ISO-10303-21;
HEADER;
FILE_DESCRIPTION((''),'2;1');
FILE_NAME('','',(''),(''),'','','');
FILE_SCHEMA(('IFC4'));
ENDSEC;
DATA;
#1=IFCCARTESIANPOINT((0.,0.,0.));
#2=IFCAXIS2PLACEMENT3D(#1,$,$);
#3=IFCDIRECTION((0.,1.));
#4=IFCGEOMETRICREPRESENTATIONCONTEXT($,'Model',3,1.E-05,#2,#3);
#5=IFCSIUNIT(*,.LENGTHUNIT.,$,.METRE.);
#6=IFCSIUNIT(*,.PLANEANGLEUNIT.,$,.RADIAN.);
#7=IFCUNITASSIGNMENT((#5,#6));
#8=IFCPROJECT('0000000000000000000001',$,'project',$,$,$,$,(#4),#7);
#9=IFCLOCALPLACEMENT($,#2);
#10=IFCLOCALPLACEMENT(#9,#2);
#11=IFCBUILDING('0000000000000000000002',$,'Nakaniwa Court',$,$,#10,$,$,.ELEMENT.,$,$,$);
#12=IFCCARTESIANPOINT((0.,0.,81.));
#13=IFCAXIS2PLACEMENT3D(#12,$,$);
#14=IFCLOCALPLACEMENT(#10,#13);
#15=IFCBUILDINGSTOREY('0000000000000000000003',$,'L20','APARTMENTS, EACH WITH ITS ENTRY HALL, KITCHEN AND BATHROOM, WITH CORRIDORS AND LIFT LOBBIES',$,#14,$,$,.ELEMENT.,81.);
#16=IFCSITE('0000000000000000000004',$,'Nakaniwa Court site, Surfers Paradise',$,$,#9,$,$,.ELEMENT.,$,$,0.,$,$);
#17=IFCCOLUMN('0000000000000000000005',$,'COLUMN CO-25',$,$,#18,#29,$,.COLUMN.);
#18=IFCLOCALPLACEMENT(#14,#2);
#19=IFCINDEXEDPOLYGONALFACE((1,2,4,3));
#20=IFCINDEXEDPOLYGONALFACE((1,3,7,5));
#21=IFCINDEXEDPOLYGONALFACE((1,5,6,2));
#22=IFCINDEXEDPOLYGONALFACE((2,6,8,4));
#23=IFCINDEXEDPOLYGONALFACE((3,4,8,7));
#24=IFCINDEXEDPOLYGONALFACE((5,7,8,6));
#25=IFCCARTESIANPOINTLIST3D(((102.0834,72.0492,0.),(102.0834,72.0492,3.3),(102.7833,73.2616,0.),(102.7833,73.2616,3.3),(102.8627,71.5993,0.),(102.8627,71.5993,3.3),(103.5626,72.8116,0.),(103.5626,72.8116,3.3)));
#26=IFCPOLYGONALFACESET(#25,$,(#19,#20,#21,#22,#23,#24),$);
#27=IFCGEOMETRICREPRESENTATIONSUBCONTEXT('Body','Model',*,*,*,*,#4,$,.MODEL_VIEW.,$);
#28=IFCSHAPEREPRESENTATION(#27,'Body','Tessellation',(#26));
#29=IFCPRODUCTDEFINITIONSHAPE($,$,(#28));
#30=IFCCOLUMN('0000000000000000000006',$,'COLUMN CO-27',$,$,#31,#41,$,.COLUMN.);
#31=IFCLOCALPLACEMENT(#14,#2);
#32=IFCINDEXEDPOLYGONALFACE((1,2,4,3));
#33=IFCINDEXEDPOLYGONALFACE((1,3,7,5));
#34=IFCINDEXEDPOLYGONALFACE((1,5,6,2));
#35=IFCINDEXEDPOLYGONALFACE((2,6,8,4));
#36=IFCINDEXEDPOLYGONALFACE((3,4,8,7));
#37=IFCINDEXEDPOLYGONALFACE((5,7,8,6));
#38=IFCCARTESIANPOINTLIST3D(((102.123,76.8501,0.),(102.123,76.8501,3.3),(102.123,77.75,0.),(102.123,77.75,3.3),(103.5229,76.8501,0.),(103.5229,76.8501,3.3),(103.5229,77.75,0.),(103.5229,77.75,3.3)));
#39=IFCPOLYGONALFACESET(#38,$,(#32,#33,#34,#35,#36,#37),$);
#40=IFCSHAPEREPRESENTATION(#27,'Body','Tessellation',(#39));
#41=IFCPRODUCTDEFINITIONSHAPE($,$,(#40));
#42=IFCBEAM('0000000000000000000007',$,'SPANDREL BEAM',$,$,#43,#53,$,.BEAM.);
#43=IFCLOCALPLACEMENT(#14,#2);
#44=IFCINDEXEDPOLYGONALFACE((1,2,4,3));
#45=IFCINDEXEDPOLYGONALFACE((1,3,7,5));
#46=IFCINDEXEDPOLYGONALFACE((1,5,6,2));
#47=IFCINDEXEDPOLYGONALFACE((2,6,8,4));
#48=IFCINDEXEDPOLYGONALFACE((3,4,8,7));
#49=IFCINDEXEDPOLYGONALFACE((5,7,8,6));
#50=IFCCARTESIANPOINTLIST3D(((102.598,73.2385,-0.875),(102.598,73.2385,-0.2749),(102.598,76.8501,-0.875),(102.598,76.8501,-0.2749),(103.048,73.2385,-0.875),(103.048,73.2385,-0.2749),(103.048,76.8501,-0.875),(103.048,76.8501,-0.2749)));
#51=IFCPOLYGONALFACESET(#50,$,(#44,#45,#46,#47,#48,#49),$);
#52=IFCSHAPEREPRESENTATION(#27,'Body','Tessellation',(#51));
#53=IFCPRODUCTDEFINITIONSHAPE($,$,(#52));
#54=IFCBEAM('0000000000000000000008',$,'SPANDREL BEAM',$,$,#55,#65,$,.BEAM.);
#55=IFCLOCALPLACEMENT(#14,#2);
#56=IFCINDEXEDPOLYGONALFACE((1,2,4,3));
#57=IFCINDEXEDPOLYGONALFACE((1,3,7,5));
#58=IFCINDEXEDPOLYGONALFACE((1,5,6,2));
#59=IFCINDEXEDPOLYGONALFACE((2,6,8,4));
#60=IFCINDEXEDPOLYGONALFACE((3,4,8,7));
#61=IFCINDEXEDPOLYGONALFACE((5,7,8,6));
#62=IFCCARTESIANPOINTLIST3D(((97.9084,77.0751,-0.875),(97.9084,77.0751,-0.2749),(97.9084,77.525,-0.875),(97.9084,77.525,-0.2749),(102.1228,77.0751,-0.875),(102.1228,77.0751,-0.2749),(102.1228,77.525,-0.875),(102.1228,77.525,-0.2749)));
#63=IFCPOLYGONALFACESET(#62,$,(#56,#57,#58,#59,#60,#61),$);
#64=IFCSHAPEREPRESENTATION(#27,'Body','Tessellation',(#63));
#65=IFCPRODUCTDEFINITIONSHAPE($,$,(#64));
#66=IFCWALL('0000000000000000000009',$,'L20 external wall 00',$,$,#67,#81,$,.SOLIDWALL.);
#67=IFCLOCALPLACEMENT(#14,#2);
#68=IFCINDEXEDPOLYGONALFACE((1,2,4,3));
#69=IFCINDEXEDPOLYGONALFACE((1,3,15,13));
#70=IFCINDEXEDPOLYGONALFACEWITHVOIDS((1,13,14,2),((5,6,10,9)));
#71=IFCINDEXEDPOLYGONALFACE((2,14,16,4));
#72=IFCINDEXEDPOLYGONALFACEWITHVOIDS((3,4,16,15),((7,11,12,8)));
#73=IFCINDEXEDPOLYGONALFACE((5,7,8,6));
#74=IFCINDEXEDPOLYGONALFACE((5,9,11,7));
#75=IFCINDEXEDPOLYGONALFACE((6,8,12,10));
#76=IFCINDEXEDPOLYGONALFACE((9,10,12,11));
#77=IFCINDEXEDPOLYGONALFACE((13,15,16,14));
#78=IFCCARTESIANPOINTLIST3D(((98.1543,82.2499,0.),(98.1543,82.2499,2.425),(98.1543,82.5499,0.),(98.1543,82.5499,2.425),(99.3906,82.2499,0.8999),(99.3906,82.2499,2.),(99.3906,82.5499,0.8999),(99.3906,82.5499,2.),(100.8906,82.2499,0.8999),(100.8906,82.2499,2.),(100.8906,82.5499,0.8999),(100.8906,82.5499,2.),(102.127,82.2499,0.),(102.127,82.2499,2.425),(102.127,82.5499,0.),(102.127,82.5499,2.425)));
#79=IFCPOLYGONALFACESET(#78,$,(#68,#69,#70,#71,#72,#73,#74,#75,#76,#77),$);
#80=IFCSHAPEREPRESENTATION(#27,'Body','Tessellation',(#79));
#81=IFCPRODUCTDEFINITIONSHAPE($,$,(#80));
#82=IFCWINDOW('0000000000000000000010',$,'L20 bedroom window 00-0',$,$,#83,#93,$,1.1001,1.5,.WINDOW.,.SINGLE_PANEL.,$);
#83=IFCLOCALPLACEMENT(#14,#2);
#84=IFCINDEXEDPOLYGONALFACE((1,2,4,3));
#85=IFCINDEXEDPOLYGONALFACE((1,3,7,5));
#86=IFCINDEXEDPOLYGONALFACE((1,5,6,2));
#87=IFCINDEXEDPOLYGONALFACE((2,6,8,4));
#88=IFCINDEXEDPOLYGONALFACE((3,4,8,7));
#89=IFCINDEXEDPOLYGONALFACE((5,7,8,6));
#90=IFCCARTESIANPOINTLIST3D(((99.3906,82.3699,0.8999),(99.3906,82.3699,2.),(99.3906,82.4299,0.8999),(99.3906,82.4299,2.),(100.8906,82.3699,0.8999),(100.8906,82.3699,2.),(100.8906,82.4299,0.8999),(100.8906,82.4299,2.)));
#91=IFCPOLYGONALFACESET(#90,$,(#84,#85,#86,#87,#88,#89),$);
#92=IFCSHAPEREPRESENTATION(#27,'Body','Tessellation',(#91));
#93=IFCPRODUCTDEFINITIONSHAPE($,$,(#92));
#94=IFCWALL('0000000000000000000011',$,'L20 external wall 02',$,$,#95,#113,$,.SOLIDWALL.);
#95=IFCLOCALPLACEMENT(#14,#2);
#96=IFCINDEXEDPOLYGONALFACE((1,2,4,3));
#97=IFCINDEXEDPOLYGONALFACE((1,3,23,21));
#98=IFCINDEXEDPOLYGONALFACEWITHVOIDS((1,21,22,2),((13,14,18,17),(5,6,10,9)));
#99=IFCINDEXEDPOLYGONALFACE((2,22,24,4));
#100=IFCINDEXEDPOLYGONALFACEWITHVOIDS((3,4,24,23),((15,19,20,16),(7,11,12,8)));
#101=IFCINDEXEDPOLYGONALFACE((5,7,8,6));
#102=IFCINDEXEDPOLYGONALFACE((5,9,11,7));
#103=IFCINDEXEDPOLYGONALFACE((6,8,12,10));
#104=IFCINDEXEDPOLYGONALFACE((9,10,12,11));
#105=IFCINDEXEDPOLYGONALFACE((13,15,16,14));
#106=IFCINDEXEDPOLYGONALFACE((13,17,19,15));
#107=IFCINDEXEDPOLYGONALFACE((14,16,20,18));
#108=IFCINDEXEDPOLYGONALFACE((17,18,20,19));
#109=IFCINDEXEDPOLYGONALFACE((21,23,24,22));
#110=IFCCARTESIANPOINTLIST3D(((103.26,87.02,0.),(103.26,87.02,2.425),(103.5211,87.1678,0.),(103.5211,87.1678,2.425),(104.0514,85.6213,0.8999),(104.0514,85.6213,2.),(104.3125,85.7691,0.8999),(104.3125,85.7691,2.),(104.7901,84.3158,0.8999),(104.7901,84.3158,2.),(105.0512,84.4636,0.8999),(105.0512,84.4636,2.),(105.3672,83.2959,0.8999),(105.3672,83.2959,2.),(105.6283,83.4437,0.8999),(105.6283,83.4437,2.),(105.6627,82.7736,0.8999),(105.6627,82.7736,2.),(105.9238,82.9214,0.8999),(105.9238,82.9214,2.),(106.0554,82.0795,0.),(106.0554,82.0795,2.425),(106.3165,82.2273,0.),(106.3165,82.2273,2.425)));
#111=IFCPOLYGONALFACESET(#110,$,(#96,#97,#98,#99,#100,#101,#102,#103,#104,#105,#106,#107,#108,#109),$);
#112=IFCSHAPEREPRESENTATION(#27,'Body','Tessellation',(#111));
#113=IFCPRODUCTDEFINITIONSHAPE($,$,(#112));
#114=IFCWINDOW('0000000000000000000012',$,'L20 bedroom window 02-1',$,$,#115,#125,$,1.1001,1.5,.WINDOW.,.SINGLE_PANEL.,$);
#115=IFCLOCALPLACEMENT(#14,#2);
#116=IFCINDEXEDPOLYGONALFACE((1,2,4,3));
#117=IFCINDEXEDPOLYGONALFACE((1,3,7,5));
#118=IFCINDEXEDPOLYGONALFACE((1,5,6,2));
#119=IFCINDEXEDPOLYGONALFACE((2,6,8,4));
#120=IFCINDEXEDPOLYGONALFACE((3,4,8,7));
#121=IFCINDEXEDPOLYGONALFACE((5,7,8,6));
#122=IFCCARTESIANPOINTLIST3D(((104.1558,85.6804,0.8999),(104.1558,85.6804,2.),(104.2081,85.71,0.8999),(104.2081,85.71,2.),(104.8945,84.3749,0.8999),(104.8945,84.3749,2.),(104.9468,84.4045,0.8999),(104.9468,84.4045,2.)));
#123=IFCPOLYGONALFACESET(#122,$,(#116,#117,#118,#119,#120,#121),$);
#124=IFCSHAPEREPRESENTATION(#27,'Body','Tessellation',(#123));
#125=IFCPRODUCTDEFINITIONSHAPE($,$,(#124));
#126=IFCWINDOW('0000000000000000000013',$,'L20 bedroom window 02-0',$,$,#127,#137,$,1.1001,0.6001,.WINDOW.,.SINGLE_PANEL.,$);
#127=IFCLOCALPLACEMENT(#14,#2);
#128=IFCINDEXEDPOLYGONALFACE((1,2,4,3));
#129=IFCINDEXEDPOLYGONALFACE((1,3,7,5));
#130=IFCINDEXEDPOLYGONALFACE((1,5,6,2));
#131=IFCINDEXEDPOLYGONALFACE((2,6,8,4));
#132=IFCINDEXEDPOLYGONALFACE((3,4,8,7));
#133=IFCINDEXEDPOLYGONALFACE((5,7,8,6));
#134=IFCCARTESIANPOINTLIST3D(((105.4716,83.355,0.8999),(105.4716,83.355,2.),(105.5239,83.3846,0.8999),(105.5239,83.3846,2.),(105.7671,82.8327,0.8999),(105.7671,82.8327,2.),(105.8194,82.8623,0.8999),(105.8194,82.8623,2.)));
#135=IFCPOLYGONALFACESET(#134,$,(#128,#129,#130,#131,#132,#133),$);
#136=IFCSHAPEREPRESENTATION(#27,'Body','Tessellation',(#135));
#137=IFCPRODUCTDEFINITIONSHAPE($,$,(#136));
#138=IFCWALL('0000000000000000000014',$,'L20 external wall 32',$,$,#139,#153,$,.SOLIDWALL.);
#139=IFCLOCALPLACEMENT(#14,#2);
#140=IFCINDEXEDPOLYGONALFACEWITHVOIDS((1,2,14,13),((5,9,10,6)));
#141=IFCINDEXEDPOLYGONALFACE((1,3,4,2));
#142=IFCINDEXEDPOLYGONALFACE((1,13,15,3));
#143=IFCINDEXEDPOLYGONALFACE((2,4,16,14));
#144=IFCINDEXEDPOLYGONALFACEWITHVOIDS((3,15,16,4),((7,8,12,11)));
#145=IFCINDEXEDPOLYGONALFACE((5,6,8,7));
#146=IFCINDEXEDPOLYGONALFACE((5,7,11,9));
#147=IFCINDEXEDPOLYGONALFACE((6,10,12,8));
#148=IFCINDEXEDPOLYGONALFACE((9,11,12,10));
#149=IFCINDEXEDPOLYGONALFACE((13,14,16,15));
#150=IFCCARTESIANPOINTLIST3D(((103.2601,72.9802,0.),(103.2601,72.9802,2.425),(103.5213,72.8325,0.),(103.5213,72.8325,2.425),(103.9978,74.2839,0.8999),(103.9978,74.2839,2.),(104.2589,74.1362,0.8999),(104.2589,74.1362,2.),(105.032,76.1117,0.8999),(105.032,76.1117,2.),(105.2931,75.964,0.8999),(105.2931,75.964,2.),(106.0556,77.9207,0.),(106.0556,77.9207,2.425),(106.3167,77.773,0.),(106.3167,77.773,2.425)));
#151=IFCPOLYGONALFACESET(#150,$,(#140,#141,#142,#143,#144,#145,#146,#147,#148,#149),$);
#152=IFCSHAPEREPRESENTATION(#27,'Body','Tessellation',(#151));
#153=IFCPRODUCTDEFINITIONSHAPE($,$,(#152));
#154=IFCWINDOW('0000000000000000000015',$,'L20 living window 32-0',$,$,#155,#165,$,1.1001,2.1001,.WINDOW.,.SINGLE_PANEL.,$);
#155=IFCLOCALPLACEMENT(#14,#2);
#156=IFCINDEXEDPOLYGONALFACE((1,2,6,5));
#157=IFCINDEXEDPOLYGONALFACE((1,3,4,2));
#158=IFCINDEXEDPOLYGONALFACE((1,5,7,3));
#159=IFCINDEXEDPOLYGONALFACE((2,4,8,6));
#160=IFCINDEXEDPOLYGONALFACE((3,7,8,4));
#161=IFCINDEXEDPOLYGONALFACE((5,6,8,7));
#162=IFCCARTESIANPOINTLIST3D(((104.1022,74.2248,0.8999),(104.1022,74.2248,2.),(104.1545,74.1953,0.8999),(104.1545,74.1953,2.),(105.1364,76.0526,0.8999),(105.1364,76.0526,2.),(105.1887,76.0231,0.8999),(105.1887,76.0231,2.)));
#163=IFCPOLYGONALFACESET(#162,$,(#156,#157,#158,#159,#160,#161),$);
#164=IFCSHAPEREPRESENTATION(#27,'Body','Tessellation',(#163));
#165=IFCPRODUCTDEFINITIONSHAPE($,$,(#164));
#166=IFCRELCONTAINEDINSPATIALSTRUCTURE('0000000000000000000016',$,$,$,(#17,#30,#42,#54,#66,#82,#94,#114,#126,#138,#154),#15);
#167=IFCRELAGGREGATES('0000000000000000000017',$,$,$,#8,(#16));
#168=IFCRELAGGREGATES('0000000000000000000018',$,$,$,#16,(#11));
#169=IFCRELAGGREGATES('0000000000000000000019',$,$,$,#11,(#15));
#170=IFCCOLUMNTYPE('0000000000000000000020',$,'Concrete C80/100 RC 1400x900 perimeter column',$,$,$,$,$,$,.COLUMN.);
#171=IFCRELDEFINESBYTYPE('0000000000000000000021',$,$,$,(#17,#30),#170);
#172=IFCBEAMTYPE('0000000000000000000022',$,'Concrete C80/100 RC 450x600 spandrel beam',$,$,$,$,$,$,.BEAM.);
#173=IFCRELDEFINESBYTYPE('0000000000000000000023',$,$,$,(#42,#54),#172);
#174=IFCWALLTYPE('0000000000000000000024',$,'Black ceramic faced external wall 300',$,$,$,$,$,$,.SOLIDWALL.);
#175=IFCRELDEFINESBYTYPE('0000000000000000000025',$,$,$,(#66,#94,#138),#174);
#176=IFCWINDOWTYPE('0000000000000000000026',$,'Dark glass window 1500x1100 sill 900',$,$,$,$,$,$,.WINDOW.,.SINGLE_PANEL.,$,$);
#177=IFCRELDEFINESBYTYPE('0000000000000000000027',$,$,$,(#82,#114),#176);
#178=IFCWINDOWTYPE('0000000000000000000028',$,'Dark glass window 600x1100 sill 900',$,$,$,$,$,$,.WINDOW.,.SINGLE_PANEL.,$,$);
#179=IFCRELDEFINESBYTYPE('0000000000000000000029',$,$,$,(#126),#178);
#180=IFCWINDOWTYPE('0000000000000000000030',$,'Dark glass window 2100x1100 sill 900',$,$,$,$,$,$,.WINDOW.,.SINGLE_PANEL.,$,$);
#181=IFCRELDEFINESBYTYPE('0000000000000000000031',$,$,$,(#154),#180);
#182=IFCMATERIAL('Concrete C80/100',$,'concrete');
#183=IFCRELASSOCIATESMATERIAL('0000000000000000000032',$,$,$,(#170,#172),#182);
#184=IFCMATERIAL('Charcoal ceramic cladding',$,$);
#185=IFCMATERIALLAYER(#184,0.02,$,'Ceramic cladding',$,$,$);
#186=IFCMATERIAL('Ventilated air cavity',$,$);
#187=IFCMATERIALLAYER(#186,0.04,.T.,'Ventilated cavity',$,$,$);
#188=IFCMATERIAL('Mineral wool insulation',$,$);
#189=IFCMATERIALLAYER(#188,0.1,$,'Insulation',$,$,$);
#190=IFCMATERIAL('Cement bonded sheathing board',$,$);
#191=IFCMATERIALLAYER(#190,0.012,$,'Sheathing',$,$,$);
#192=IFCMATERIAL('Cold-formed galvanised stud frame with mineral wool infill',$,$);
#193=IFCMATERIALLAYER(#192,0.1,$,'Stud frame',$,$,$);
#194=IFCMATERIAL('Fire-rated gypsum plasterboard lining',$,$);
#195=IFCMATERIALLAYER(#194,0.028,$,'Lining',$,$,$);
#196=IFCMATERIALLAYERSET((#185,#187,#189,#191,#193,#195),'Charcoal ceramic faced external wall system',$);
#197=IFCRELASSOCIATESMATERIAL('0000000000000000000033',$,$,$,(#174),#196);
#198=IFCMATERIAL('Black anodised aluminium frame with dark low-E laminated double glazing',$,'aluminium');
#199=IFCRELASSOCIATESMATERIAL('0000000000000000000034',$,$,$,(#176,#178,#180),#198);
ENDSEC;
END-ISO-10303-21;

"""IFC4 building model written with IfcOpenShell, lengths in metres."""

from ifc_helpers import new_model, si_unit, direction, frame, frame_2d, origin, origin_2d, place, context, subcontext, project, spatial, rectangle, extrude, material, layer, layer_set, material_profile, profile_set, type_object, element, fill, save


model = new_model("IFC4")

# Units and contexts
model_context = context("Model", 3, precision=1e-05, world=origin(), true_north=direction((0.0, 1.0)))
body_context = subcontext(model_context, "Body", "Model", "MODEL_VIEW")
ifc_project = project(units=[si_unit("LENGTHUNIT", "METRE"), si_unit("PLANEANGLEUNIT", "RADIAN")], contexts=[model_context])

# Site, building, storey
site_placement = place(None, origin())
site = spatial("IfcSite", under=ifc_project, at=site_placement, Name="Nakaniwa Court site, Surfers Paradise", CompositionType="ELEMENT", RefElevation=0.0)
building_placement = place(site_placement, origin())
building = spatial("IfcBuilding", under=site, at=building_placement, Name="Nakaniwa Court", CompositionType="ELEMENT")
storey_placement = place(building_placement, frame((0.0, 0.0, 81.0)))
storey = spatial("IfcBuildingStorey", under=building, at=storey_placement, Name="L20", Description="APARTMENTS, EACH WITH ITS ENTRY HALL, KITCHEN AND BATHROOM, WITH CORRIDORS AND LIFT LOBBIES", CompositionType="ELEMENT", Elevation=81.0)

# Columns
ifc_material_1 = material(Name="Concrete C80/100", Category="concrete")
ifc_material_profile_1 = material_profile(ifc_material_1, rectangle(XDim=1.3999, YDim=0.8999, at=origin_2d()), Name="Concrete C80/100 RC 1400x900 perimeter column")
ifc_profile_set_1 = profile_set([ifc_material_profile_1], Name="Concrete C80/100")
column_type = type_object("IfcColumnType", Name="Concrete C80/100 RC 1400x900 perimeter column", PredefinedType="COLUMN", material=ifc_profile_set_1)
for number, where, z_axis, x_axis, name in (
    (1, (102.823, 72.4304, 0.0), (0.0, 0.0, 1.0), (0.5, 0.866025, 0.0), "COLUMN CO-25"),
    (2, (102.823, 77.3, 0.0), (0.0, 0.0, 1.0), (-1.0, 0.0, 0.0), "COLUMN CO-27"),
):
    element("IfcColumn", number, at=place(storey_placement, frame(where, z_axis=z_axis, x_axis=x_axis)), inside=storey, type_object=column_type, Name=name, PredefinedType="COLUMN", context=body_context, shape_type="SweptSolid", body=[
        extrude(rectangle(XDim=1.3999, YDim=0.8999, at=origin_2d()), origin(), (0.0, 0.0, 1.0), 3.3),
    ])

# Beams
ifc_material_profile_2 = material_profile(ifc_material_1, rectangle(XDim=0.45, YDim=0.6001, at=origin_2d()), Name="Concrete C80/100 RC 450x600 spandrel beam")
ifc_profile_set_2 = profile_set([ifc_material_profile_2], Name="Concrete C80/100")
beam_type = type_object("IfcBeamType", Name="Concrete C80/100 RC 450x600 spandrel beam", PredefinedType="BEAM", material=ifc_profile_set_2)
beam_1_placement = place(storey_placement, frame((102.823, 73.2385, -0.575), z_axis=(0.0, 1.0, 0.0), x_axis=(-1.0, 0.0, 0.0)))
element("IfcBeam", 3, at=beam_1_placement, inside=storey, type_object=beam_type, Name="SPANDREL BEAM", PredefinedType="BEAM", context=body_context, shape_type="SweptSolid", body=[
    extrude(rectangle(XDim=0.45, YDim=0.6001, at=origin_2d()), origin(), (0.0, 0.0, 1.0), 3.6116),
])
beam_2_placement = place(storey_placement, frame((102.1228, 77.3, -0.575), z_axis=(-1.0, 0.0, 0.0), x_axis=(0.0, -1.0, 0.0)))
element("IfcBeam", 4, at=beam_2_placement, inside=storey, type_object=beam_type, Name="SPANDREL BEAM", PredefinedType="BEAM", context=body_context, shape_type="SweptSolid", body=[
    extrude(rectangle(XDim=0.45, YDim=0.6001, at=origin_2d()), origin(), (0.0, 0.0, 1.0), 4.2144),
])

# Wall, opening, window
ifc_material_2 = material(Name="Charcoal ceramic cladding")
ifc_layer_1 = layer(ifc_material_2, 0.02, Name="Ceramic cladding")
ifc_material_3 = material(Name="Ventilated air cavity")
ifc_layer_2 = layer(ifc_material_3, 0.04, ventilated=True, Name="Ventilated cavity")
ifc_material_4 = material(Name="Mineral wool insulation")
ifc_layer_3 = layer(ifc_material_4, 0.1, Name="Insulation")
ifc_material_5 = material(Name="Cement bonded sheathing board")
ifc_layer_4 = layer(ifc_material_5, 0.012, Name="Sheathing")
ifc_material_6 = material(Name="Cold-formed galvanised stud frame with mineral wool infill")
ifc_layer_5 = layer(ifc_material_6, 0.1, Name="Stud frame")
ifc_material_7 = material(Name="Fire-rated gypsum plasterboard lining")
ifc_layer_6 = layer(ifc_material_7, 0.028, Name="Lining")
ifc_layer_set = layer_set([ifc_layer_1, ifc_layer_2, ifc_layer_3, ifc_layer_4, ifc_layer_5, ifc_layer_6], Name="Charcoal ceramic faced external wall system")
wall_type = type_object("IfcWallType", Name="Black ceramic faced external wall 300", PredefinedType="SOLIDWALL", material=ifc_layer_set)
wall_1_placement = place(storey_placement, frame((98.1543, 82.3999, 0.0), z_axis=(0.0, 0.0, 1.0), x_axis=(1.0, 0.0, 0.0)))
wall_1 = element("IfcWall", 5, at=wall_1_placement, inside=storey, type_object=wall_type, Name="L20 external wall 00", PredefinedType="SOLIDWALL", context=body_context, shape_type="SweptSolid", body=[
    extrude(rectangle(XDim=3.9727, YDim=0.3, at=frame_2d((1.9863, 0.0))), origin(), (0.0, 0.0, 1.0), 2.425),
])
opening_1_placement = place(wall_1_placement, frame((1.2363, 0.0, 0.8999)))
opening_1 = element("IfcOpeningElement", 6, at=opening_1_placement, cuts=wall_1, PredefinedType="OPENING", context=body_context, shape_type="SweptSolid", body=[
    extrude(rectangle(XDim=1.5, YDim=1.1001, at=frame_2d((0.75, 0.55))), frame((0.0, 0.1599, 0.0), z_axis=(0.0, -1.0, 0.0), x_axis=(1.0, 0.0, 0.0)), (0.0, 0.0, 1.0), 0.3201),
])
ifc_material_8 = material(Name="Black anodised aluminium frame with dark low-E laminated double glazing", Category="aluminium")
window_type_1 = type_object("IfcWindowType", Name="Dark glass window 1500x1100 sill 900", PartitioningType="SINGLE_PANEL", PredefinedType="WINDOW", material=ifc_material_8)
window_1_placement = place(opening_1_placement, origin())
window_1 = element("IfcWindow", 7, at=window_1_placement, inside=storey, type_object=window_type_1, Name="L20 bedroom window 00-0", OverallHeight=1.1001, OverallWidth=1.5, PartitioningType="SINGLE_PANEL", PredefinedType="WINDOW", context=body_context, shape_type="SweptSolid", body=[
    extrude(rectangle(XDim=1.5, YDim=1.1001, at=frame_2d((0.75, 0.55))), frame((0.0, 0.03, 0.0), z_axis=(0.0, -1.0, 0.0), x_axis=(1.0, 0.0, 0.0)), (0.0, 0.0, 1.0), 0.0601),
])
fill(opening_1, window_1)

# Wall, openings, windows
wall_2_placement = place(storey_placement, frame((106.186, 82.1533, 0.0), z_axis=(0.0, 0.0, 1.0), x_axis=(-0.492457, 0.870337, 0.0)))
wall_2 = element("IfcWall", 8, at=wall_2_placement, inside=storey, type_object=wall_type, Name="L20 external wall 02", PredefinedType="SOLIDWALL", context=body_context, shape_type="SweptSolid", body=[
    extrude(rectangle(XDim=5.6765, YDim=0.3, at=frame_2d((2.8384, 0.0))), origin(), (0.0, 0.0, 1.0), 2.425),
])
opening_2_placement = place(wall_2_placement, frame((0.7976, 0.0, 0.8999)))
opening_2 = element("IfcOpeningElement", 9, at=opening_2_placement, cuts=wall_2, PredefinedType="OPENING", context=body_context, shape_type="SweptSolid", body=[
    extrude(rectangle(XDim=0.6001, YDim=1.1001, at=frame_2d((0.3, 0.55))), frame((0.0, 0.1599, 0.0), z_axis=(0.0, -1.0, 0.0), x_axis=(1.0, 0.0, 0.0)), (0.0, 0.0, 1.0), 0.3201),
])
opening_3_placement = place(wall_2_placement, frame((2.5696, 0.0, 0.8999)))
opening_3 = element("IfcOpeningElement", 10, at=opening_3_placement, cuts=wall_2, PredefinedType="OPENING", context=body_context, shape_type="SweptSolid", body=[
    extrude(rectangle(XDim=1.5, YDim=1.1001, at=frame_2d((0.75, 0.55))), frame((0.0, 0.1599, 0.0), z_axis=(0.0, -1.0, 0.0), x_axis=(1.0, 0.0, 0.0)), (0.0, 0.0, 1.0), 0.3201),
])
window_2_placement = place(opening_3_placement, origin())
window_2 = element("IfcWindow", 11, at=window_2_placement, inside=storey, type_object=window_type_1, Name="L20 bedroom window 02-1", OverallHeight=1.1001, OverallWidth=1.5, PartitioningType="SINGLE_PANEL", PredefinedType="WINDOW", context=body_context, shape_type="SweptSolid", body=[
    extrude(rectangle(XDim=1.5, YDim=1.1001, at=frame_2d((0.75, 0.55))), frame((0.0, 0.03, 0.0), z_axis=(0.0, -1.0, 0.0), x_axis=(1.0, 0.0, 0.0)), (0.0, 0.0, 1.0), 0.0601),
])
fill(opening_3, window_2)
window_type_2 = type_object("IfcWindowType", Name="Dark glass window 600x1100 sill 900", PartitioningType="SINGLE_PANEL", PredefinedType="WINDOW", material=ifc_material_8)
window_3_placement = place(opening_2_placement, origin())
window_3 = element("IfcWindow", 12, at=window_3_placement, inside=storey, type_object=window_type_2, Name="L20 bedroom window 02-0", OverallHeight=1.1001, OverallWidth=0.6001, PartitioningType="SINGLE_PANEL", PredefinedType="WINDOW", context=body_context, shape_type="SweptSolid", body=[
    extrude(rectangle(XDim=0.6001, YDim=1.1001, at=frame_2d((0.3, 0.55))), frame((0.0, 0.03, 0.0), z_axis=(0.0, -1.0, 0.0), x_axis=(1.0, 0.0, 0.0)), (0.0, 0.0, 1.0), 0.0601),
])
fill(opening_2, window_3)

# Wall, opening, window
wall_3_placement = place(storey_placement, frame((103.3906, 72.9062, 0.0), z_axis=(0.0, 0.0, 1.0), x_axis=(0.492457, 0.870337, 0.0)))
wall_3 = element("IfcWall", 13, at=wall_3_placement, inside=storey, type_object=wall_type, Name="L20 external wall 32", PredefinedType="SOLIDWALL", context=body_context, shape_type="SweptSolid", body=[
    extrude(rectangle(XDim=5.6765, YDim=0.3, at=frame_2d((2.8384, 0.0))), origin(), (0.0, 0.0, 1.0), 2.425),
])
opening_4_placement = place(wall_3_placement, frame((1.498, 0.0, 0.8999)))
opening_4 = element("IfcOpeningElement", 14, at=opening_4_placement, cuts=wall_3, PredefinedType="OPENING", context=body_context, shape_type="SweptSolid", body=[
    extrude(rectangle(XDim=2.1001, YDim=1.1001, at=frame_2d((1.05, 0.55))), frame((0.0, 0.1599, 0.0), z_axis=(0.0, -1.0, 0.0), x_axis=(1.0, 0.0, 0.0)), (0.0, 0.0, 1.0), 0.3201),
])
window_type_3 = type_object("IfcWindowType", Name="Dark glass window 2100x1100 sill 900", PartitioningType="SINGLE_PANEL", PredefinedType="WINDOW", material=ifc_material_8)
window_4_placement = place(opening_4_placement, origin())
window_4 = element("IfcWindow", 15, at=window_4_placement, inside=storey, type_object=window_type_3, Name="L20 living window 32-0", OverallHeight=1.1001, OverallWidth=2.1001, PartitioningType="SINGLE_PANEL", PredefinedType="WINDOW", context=body_context, shape_type="SweptSolid", body=[
    extrude(rectangle(XDim=2.1001, YDim=1.1001, at=frame_2d((1.05, 0.55))), frame((0.0, 0.03, 0.0), z_axis=(0.0, -1.0, 0.0), x_axis=(1.0, 0.0, 0.0)), (0.0, 0.0, 1.0), 0.0601),
])
fill(opening_4, window_4)

save(model, "model.ifc")
